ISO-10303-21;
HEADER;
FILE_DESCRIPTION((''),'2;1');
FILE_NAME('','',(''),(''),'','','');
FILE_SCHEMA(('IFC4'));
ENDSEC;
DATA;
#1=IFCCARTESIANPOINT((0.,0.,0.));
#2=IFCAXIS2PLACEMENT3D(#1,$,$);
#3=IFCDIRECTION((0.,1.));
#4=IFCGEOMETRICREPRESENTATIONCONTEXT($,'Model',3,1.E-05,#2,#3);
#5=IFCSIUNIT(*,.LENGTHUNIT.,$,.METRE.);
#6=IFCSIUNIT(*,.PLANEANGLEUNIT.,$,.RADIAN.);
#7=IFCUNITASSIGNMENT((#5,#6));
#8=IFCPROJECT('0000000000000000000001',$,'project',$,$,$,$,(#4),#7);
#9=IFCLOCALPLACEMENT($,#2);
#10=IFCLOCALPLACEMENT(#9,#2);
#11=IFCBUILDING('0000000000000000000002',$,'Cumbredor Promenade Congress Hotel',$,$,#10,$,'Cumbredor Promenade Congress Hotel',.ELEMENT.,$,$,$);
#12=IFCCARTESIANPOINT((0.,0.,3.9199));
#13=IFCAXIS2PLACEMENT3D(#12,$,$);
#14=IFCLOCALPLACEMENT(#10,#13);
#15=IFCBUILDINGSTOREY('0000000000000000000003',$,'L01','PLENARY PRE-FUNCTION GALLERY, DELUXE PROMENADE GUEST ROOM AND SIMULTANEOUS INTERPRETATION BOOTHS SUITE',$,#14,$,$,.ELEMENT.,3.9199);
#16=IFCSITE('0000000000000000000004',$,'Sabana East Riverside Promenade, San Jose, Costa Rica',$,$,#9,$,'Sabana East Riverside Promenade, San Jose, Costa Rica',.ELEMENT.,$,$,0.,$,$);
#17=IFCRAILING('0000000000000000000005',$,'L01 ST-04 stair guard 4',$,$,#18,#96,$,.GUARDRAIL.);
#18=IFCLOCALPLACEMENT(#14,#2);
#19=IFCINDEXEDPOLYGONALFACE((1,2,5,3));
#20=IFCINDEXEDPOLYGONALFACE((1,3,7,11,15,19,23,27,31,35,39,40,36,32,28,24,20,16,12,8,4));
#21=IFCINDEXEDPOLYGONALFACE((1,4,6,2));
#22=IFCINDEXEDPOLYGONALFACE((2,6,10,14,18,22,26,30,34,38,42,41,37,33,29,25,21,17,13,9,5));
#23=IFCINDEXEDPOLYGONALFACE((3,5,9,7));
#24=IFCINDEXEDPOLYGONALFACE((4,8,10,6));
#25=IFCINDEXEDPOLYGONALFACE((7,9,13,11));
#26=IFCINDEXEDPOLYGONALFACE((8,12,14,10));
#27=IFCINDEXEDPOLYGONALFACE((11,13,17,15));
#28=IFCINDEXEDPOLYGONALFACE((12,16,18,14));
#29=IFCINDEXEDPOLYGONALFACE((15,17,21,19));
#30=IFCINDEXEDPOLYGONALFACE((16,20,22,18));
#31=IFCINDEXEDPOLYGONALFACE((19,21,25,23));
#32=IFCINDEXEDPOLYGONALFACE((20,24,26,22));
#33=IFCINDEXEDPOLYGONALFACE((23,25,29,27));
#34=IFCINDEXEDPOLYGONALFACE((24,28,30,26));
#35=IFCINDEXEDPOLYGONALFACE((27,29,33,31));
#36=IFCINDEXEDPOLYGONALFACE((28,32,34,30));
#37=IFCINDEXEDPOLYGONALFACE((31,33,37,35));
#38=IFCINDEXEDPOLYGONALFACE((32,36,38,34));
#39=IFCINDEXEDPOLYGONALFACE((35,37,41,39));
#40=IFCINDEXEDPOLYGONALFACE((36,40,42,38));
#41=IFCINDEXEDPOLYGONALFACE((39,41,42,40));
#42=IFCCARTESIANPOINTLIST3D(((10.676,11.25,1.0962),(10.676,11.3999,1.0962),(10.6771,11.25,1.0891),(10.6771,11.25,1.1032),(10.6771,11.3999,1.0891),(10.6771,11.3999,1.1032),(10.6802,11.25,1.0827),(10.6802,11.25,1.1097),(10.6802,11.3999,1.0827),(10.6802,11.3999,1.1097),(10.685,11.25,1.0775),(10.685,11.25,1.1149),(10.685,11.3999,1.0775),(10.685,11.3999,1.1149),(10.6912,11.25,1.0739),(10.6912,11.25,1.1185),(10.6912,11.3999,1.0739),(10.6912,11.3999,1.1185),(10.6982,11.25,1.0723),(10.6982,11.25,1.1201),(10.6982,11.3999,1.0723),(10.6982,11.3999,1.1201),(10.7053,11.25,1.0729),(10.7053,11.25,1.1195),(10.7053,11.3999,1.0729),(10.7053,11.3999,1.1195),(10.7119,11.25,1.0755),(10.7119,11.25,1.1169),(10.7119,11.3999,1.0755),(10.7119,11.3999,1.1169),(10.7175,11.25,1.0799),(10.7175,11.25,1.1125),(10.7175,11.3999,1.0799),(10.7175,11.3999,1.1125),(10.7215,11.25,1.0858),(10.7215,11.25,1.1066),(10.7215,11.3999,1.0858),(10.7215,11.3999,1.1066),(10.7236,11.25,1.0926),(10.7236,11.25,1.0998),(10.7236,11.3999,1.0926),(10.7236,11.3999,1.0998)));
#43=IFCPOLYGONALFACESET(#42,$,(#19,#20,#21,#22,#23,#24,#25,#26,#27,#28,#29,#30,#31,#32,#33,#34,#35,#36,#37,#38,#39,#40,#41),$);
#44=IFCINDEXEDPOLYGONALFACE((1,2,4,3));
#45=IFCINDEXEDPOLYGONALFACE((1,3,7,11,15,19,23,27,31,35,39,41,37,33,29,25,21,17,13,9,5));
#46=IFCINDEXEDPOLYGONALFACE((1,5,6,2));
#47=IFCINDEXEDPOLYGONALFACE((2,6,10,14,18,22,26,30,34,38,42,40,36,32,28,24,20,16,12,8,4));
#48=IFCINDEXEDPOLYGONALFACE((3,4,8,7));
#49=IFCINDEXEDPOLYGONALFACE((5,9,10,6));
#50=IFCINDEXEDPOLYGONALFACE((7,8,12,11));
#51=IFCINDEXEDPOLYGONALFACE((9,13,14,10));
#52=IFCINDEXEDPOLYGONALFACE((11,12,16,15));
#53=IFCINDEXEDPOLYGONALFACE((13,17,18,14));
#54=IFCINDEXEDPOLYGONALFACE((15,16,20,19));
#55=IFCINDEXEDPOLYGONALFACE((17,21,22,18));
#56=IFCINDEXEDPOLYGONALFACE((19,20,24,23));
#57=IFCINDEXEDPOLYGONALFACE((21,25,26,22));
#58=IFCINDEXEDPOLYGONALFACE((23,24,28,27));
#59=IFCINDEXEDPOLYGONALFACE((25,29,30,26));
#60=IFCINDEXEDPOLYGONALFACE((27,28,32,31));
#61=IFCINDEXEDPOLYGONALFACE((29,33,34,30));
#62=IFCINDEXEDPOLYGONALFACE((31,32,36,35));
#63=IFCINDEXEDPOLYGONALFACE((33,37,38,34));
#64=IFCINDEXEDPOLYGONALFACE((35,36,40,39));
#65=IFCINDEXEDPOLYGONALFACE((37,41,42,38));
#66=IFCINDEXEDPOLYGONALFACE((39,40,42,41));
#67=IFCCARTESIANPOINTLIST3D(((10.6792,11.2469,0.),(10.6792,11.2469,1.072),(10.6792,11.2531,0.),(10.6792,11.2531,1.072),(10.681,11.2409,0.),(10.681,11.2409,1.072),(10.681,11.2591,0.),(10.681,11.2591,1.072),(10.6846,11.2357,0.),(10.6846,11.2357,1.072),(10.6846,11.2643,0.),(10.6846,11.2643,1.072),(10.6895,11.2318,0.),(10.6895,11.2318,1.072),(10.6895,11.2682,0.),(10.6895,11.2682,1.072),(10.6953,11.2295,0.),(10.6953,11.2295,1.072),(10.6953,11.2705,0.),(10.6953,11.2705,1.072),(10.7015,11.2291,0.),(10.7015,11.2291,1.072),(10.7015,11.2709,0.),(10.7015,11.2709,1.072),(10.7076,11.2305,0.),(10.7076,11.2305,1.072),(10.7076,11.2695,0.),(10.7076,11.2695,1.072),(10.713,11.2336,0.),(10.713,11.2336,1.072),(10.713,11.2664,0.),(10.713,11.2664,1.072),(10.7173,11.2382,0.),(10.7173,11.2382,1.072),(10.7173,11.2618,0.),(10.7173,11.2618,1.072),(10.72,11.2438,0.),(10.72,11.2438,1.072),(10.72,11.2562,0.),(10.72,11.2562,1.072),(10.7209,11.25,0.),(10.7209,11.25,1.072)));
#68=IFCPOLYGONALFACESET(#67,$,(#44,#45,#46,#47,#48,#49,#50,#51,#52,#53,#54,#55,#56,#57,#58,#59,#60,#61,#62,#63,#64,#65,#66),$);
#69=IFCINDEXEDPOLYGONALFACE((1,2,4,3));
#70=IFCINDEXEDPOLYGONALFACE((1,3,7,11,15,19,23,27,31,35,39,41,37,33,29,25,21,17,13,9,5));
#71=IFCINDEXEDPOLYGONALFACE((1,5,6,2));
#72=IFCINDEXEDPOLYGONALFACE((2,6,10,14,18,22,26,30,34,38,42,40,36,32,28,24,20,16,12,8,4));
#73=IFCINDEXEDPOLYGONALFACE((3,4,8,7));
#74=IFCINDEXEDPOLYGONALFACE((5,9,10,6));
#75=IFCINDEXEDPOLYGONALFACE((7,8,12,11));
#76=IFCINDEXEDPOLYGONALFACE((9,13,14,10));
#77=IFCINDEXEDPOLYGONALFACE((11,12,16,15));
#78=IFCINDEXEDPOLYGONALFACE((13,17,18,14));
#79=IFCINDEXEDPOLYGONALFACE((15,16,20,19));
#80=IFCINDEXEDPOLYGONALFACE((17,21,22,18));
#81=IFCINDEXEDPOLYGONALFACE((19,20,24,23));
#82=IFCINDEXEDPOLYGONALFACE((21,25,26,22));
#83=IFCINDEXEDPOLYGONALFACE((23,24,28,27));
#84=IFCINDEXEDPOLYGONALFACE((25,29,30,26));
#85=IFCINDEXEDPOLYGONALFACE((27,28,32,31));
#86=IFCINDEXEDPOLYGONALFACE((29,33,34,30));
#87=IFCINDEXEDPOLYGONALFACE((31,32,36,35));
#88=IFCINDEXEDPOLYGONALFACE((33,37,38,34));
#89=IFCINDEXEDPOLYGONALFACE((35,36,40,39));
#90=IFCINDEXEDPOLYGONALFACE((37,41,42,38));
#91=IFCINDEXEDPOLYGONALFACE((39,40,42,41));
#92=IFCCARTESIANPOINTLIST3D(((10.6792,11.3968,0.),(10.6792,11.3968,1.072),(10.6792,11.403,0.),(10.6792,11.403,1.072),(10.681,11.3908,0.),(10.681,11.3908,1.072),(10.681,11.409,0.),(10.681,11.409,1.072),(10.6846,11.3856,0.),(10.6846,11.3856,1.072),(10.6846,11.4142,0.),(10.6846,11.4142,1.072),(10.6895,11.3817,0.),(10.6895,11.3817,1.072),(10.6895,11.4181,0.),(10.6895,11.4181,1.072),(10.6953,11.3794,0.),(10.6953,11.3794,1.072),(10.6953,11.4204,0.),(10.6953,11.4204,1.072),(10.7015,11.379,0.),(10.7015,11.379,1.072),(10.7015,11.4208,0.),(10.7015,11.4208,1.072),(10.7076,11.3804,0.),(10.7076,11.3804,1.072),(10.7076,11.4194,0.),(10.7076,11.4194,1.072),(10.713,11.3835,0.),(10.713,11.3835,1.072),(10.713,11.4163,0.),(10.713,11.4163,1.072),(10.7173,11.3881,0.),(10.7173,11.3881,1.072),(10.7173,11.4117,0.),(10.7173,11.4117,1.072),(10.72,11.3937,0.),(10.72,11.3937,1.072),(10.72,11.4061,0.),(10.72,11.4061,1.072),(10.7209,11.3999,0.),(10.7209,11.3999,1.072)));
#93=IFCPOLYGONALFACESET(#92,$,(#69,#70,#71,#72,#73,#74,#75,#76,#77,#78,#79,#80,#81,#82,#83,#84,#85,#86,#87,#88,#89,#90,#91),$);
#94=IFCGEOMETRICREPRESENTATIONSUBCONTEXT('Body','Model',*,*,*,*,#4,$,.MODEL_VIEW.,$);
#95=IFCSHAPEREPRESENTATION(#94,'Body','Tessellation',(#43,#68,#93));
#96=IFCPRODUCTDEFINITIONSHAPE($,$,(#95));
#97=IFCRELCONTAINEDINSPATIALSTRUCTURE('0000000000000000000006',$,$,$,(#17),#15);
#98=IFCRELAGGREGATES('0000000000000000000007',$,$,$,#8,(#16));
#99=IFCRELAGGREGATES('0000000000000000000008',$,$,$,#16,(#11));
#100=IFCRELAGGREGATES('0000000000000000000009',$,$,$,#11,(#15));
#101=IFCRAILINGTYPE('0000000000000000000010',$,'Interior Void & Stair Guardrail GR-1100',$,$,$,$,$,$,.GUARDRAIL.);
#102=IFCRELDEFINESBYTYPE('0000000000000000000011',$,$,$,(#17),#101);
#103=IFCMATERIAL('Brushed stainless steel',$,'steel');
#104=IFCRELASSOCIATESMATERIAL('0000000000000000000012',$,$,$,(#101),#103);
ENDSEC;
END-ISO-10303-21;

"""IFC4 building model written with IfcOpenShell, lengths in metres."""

from ifc_helpers import new_model, si_unit, direction, frame, origin, origin_2d, place, context, subcontext, project, spatial, circle, extrude, material, type_object, element, save


model = new_model("IFC4")

# Units and contexts
model_context = context("Model", 3, precision=1e-05, world=origin(), true_north=direction((0.0, 1.0)))
body_context = subcontext(model_context, "Body", "Model", "MODEL_VIEW")
ifc_project = project(units=[si_unit("LENGTHUNIT", "METRE"), si_unit("PLANEANGLEUNIT", "RADIAN")], contexts=[model_context])

# Site, building, storey
site_placement = place(None, origin())
site = spatial("IfcSite", under=ifc_project, at=site_placement, Name="Sabana East Riverside Promenade, San Jose, Costa Rica", LongName="Sabana East Riverside Promenade, San Jose, Costa Rica", CompositionType="ELEMENT", RefElevation=0.0)
building_placement = place(site_placement, origin())
building = spatial("IfcBuilding", under=site, at=building_placement, Name="Cumbredor Promenade Congress Hotel", LongName="Cumbredor Promenade Congress Hotel", CompositionType="ELEMENT")
storey_placement = place(building_placement, frame((0.0, 0.0, 3.9199)))
storey = spatial("IfcBuildingStorey", under=building, at=storey_placement, Name="L01", Description="PLENARY PRE-FUNCTION GALLERY, DELUXE PROMENADE GUEST ROOM AND SIMULTANEOUS INTERPRETATION BOOTHS SUITE", CompositionType="ELEMENT", Elevation=3.9199)

# Railing
ifc_material_1 = material(Name="Brushed stainless steel", Category="steel")
railing_type = type_object("IfcRailingType", Name="Interior Void & Stair Guardrail GR-1100", PredefinedType="GUARDRAIL", material=ifc_material_1)
railing_1_placement = place(storey_placement, frame((10.7, 11.25, 0.0)))
element("IfcRailing", 1, at=railing_1_placement, inside=storey, type_object=railing_type, Name="L01 ST-04 stair guard 4", PredefinedType="GUARDRAIL", context=body_context, shape_type="SweptSolid", body=[
    extrude(circle(Radius=0.0239, at=origin_2d()), frame((0.0, 0.0, 1.0962), z_axis=(0.0, 1.0, 0.0), x_axis=(-1.0, 0.0, 0.0)), (0.0, 0.0, 1.0), 0.1499),
    extrude(circle(Radius=0.021, at=origin_2d()), origin(), (0.0, 0.0, 1.0), 1.072),
    extrude(circle(Radius=0.021, at=origin_2d()), frame((0.0, 0.1499, 0.0)), (0.0, 0.0, 1.0), 1.072),
])

save(model, "model.ifc")
